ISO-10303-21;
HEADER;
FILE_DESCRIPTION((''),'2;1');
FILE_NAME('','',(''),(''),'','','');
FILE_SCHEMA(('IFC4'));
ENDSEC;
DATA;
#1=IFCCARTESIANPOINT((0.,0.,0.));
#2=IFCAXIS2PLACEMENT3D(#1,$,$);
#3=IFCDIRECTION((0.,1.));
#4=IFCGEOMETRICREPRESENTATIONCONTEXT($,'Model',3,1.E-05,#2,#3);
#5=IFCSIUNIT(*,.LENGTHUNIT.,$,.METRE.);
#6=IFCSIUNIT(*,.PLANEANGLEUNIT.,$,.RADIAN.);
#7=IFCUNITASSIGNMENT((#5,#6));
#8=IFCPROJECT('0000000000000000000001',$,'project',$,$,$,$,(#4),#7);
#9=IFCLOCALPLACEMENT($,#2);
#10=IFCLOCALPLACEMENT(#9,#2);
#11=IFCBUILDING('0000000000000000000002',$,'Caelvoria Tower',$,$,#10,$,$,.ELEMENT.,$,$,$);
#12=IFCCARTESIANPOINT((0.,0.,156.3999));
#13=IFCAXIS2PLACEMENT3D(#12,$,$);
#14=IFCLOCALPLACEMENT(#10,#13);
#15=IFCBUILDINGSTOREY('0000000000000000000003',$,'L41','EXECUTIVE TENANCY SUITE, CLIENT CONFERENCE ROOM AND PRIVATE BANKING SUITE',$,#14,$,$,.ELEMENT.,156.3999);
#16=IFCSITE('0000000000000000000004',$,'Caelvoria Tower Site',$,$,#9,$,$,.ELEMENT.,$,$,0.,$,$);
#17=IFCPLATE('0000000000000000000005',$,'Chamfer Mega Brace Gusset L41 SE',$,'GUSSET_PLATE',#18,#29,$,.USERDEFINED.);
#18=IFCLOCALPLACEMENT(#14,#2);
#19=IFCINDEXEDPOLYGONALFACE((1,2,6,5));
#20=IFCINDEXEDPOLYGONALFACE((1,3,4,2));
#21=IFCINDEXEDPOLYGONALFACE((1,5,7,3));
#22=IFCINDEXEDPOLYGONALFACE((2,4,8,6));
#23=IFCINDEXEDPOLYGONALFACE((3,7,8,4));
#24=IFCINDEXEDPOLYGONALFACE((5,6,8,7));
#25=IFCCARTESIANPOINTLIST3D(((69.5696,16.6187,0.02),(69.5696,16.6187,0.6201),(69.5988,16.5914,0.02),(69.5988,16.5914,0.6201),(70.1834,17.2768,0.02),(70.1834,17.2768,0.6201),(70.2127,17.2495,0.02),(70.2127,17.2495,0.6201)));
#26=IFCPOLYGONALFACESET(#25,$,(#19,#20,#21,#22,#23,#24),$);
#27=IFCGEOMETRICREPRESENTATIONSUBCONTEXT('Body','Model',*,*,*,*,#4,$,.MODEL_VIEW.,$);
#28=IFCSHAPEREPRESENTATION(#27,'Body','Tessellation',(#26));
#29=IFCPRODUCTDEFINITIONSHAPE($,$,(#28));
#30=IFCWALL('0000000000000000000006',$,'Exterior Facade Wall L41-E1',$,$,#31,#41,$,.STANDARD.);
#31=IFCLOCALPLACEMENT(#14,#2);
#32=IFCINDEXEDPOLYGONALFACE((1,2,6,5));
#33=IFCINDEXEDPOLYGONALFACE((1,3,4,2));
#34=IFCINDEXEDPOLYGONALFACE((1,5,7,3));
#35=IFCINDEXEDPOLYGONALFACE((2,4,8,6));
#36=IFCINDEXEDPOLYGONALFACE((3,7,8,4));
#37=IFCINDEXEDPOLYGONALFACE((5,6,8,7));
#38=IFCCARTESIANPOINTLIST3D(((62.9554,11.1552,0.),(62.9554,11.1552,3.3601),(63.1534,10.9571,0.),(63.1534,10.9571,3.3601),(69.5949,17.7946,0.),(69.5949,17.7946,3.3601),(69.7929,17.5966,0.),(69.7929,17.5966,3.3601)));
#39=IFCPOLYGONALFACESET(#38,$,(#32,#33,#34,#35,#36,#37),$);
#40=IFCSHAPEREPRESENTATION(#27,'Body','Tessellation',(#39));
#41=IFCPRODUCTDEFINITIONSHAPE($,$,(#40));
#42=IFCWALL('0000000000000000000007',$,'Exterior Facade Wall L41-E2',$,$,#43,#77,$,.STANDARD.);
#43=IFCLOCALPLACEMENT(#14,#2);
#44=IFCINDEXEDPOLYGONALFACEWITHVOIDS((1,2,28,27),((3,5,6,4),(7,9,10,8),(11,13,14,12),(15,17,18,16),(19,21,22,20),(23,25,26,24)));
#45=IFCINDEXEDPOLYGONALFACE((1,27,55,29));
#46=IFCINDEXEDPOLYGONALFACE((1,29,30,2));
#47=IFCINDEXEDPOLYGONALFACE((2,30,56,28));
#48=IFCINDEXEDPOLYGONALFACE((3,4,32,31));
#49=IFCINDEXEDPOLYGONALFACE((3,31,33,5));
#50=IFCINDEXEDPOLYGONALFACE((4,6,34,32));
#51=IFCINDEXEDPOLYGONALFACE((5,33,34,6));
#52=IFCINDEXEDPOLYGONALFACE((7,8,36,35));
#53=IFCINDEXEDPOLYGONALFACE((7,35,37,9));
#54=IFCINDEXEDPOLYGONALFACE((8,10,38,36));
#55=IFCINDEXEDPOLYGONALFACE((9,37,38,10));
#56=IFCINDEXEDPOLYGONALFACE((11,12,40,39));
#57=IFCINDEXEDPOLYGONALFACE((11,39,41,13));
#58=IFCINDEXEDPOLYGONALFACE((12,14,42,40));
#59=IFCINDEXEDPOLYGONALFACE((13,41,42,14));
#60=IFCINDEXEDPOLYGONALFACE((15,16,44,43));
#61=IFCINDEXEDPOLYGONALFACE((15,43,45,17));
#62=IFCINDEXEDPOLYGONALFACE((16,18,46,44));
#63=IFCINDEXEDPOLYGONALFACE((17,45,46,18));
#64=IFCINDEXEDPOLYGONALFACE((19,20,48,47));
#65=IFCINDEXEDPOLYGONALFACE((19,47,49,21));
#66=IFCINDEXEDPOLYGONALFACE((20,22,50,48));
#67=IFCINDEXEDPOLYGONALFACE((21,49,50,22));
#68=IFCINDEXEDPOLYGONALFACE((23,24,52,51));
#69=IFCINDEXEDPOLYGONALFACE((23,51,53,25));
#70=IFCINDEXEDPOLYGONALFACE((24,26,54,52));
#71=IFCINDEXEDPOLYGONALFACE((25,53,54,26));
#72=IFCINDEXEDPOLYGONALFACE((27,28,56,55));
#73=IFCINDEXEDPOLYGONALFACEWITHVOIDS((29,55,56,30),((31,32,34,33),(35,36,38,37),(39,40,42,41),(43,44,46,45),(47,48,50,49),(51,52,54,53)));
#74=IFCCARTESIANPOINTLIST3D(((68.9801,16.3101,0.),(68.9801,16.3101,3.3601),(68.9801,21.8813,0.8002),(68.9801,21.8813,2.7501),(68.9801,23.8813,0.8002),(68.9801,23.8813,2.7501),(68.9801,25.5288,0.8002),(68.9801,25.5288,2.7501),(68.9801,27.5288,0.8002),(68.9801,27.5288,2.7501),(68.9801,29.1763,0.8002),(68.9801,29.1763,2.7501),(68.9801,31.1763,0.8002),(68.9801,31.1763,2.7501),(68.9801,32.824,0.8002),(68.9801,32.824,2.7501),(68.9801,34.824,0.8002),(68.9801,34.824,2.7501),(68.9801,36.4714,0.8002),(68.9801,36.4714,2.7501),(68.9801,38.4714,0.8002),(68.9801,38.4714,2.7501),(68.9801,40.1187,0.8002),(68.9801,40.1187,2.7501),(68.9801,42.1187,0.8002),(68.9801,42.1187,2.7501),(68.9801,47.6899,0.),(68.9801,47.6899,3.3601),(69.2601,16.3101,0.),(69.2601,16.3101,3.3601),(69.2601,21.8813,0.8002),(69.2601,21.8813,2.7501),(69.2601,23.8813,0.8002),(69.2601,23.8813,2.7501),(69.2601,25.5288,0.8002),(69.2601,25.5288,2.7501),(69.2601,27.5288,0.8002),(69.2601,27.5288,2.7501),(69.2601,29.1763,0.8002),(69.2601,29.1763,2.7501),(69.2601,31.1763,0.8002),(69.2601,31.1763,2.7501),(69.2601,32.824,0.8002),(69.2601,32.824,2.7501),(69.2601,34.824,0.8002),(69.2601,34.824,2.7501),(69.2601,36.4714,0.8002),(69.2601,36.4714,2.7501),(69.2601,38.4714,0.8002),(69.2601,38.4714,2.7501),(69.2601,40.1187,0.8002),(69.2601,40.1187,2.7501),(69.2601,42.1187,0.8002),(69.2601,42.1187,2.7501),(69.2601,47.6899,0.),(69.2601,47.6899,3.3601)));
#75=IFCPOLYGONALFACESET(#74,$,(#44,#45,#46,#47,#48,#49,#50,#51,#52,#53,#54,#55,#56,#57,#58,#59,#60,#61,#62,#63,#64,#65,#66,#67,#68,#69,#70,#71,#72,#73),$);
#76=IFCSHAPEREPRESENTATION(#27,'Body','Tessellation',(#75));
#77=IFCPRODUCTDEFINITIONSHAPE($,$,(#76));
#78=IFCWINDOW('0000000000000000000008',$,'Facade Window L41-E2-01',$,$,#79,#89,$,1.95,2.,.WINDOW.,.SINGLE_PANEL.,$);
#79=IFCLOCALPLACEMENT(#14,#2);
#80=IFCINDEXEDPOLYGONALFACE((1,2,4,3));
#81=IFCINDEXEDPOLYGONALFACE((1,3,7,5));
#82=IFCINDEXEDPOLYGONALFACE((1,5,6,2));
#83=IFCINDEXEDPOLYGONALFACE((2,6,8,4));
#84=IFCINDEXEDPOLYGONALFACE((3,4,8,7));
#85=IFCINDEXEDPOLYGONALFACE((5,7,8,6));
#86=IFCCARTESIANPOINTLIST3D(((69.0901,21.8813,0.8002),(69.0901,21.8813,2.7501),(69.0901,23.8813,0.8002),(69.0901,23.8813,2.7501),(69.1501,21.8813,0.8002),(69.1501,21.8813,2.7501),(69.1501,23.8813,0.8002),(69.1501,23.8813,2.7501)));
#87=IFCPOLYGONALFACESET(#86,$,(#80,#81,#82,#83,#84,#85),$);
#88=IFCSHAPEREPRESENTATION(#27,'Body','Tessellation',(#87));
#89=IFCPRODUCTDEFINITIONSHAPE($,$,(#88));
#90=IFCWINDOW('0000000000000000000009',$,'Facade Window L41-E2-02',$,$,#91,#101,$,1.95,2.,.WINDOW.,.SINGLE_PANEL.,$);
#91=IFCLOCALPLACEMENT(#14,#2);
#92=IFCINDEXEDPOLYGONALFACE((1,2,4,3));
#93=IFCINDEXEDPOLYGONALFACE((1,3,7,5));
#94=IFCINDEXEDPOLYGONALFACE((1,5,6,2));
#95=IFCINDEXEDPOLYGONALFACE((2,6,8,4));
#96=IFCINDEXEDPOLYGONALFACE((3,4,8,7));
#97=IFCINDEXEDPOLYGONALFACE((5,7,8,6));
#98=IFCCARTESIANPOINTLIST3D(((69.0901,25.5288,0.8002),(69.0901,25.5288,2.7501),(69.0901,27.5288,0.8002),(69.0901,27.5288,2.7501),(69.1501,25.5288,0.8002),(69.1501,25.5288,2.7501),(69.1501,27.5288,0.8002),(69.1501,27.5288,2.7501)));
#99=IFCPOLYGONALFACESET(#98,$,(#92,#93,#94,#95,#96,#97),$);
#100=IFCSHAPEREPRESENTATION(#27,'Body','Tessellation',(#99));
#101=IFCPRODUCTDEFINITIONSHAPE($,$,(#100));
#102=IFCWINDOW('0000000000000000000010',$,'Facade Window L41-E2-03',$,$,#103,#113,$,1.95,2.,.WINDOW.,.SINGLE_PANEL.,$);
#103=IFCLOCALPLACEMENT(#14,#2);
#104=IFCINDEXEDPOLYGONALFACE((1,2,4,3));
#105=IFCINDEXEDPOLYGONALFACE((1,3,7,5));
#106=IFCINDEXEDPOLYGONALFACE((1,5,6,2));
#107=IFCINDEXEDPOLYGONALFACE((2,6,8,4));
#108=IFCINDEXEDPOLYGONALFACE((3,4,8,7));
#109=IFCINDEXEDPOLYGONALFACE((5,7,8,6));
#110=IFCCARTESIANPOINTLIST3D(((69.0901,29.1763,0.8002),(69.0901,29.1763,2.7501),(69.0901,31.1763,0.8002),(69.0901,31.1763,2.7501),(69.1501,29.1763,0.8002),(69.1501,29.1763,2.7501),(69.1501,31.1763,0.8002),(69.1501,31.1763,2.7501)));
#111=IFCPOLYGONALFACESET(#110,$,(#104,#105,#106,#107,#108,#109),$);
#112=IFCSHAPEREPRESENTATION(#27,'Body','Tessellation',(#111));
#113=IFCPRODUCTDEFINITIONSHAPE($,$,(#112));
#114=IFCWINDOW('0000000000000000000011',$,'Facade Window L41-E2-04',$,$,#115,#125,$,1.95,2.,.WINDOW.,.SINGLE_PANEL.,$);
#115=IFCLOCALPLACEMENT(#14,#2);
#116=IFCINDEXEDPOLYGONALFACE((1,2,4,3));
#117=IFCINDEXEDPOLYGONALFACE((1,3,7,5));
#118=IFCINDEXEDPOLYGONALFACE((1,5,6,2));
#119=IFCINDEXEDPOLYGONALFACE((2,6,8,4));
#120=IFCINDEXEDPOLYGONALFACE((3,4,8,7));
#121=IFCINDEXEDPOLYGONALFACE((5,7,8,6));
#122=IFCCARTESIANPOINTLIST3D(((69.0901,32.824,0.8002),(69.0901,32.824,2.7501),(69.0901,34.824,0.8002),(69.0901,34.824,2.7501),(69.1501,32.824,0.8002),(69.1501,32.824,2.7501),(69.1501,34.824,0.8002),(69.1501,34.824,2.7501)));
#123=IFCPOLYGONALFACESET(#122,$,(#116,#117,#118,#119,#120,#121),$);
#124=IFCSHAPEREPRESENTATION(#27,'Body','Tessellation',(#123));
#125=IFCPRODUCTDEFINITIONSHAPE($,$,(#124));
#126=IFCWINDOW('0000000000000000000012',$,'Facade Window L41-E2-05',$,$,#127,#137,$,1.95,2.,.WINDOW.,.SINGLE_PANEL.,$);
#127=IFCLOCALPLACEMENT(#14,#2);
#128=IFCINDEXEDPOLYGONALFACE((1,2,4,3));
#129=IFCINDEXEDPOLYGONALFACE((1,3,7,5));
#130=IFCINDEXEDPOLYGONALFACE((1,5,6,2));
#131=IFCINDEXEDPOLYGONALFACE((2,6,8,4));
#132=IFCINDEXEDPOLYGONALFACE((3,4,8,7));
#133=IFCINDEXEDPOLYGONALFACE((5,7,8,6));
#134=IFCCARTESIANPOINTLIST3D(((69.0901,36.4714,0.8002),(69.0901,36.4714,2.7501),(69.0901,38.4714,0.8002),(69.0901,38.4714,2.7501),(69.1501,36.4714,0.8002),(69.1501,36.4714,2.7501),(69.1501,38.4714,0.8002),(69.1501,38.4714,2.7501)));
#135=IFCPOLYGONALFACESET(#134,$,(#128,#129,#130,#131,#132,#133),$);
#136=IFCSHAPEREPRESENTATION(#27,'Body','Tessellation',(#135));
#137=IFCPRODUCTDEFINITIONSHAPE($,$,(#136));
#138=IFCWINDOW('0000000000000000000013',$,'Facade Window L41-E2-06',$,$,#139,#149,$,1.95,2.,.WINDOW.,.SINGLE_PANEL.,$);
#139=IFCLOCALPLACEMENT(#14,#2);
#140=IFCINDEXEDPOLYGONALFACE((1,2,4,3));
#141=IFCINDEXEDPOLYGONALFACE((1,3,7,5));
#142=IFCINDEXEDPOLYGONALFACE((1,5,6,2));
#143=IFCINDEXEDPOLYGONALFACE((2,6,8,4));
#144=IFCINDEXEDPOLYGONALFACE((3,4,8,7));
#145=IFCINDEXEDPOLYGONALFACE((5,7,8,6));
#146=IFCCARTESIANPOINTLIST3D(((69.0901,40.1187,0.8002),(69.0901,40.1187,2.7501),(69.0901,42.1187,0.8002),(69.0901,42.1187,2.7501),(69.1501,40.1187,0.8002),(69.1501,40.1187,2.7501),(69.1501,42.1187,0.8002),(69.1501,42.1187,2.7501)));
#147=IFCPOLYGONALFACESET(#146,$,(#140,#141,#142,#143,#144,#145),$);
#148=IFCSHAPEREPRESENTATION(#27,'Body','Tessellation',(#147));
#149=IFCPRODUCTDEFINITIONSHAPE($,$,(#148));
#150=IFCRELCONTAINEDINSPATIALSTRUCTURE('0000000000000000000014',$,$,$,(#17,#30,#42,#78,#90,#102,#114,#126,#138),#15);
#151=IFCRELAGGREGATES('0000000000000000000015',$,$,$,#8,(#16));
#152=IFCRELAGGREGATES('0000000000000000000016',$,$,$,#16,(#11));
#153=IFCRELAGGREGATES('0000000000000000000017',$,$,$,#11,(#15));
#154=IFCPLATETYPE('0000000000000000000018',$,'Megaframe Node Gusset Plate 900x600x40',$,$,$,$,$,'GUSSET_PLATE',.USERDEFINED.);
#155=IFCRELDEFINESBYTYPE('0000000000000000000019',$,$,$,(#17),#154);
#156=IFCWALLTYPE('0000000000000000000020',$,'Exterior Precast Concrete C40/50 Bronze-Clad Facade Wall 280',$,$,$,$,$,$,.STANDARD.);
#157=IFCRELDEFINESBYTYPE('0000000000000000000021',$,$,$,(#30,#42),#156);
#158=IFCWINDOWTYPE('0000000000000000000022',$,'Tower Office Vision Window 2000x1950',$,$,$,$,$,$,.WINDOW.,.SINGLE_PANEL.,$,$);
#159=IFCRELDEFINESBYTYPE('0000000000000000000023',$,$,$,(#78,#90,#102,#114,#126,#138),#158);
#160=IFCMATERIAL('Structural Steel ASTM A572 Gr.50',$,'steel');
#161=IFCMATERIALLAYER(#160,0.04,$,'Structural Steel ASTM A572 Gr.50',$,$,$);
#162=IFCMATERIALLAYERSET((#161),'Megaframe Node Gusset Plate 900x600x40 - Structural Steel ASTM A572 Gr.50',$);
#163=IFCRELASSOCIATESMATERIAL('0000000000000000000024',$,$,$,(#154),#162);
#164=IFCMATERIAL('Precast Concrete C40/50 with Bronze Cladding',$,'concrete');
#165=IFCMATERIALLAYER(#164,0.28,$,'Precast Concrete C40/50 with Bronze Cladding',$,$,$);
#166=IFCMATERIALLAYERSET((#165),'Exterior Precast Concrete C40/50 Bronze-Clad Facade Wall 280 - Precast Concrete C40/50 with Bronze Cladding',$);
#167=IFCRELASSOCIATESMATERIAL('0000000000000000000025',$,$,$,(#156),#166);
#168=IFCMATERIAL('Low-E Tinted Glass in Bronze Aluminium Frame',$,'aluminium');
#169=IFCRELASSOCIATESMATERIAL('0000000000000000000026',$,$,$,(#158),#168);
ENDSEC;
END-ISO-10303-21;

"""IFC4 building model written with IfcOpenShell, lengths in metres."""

from ifc_helpers import new_model, si_unit, direction, frame, frame_2d, origin, origin_2d, place, context, subcontext, project, spatial, rectangle, extrude, material, layer, layer_set, type_object, element, fill, save


model = new_model("IFC4")

# Units and contexts
model_context = context("Model", 3, precision=1e-05, world=origin(), true_north=direction((0.0, 1.0)))
body_context = subcontext(model_context, "Body", "Model", "MODEL_VIEW")
ifc_project = project(units=[si_unit("LENGTHUNIT", "METRE"), si_unit("PLANEANGLEUNIT", "RADIAN")], contexts=[model_context])

# Site, building, storey
site_placement = place(None, origin())
site = spatial("IfcSite", under=ifc_project, at=site_placement, Name="Caelvoria Tower Site", CompositionType="ELEMENT", RefElevation=0.0)
building_placement = place(site_placement, origin())
building = spatial("IfcBuilding", under=site, at=building_placement, Name="Caelvoria Tower", CompositionType="ELEMENT")
storey_placement = place(building_placement, frame((0.0, 0.0, 156.3999)))
storey = spatial("IfcBuildingStorey", under=building, at=storey_placement, Name="L41", Description="EXECUTIVE TENANCY SUITE, CLIENT CONFERENCE ROOM AND PRIVATE BANKING SUITE", CompositionType="ELEMENT", Elevation=156.3999)

# Shared definitions
ifc_material_1 = material(Name="Structural Steel ASTM A572 Gr.50", Category="steel")

# Plate
ifc_layer_1 = layer(ifc_material_1, 0.04, Name="Structural Steel ASTM A572 Gr.50")
ifc_layer_set_1 = layer_set([ifc_layer_1], Name="Megaframe Node Gusset Plate 900x600x40 - Structural Steel ASTM A572 Gr.50")
plate_type = type_object("IfcPlateType", Name="Megaframe Node Gusset Plate 900x600x40", ElementType="GUSSET_PLATE", PredefinedType="USERDEFINED", material=ifc_layer_set_1)
plate_placement = place(storey_placement, frame((69.8911, 16.9341, 0.02), z_axis=(0.0, 0.0, 1.0), x_axis=(-0.682107, -0.731253, 0.0)))
element("IfcPlate", 1, at=plate_placement, inside=storey, type_object=plate_type, Name="Chamfer Mega Brace Gusset L41 SE", ObjectType="GUSSET_PLATE", PredefinedType="USERDEFINED", context=body_context, shape_type="SweptSolid", body=[
    extrude(rectangle(XDim=0.8999, YDim=0.04, at=origin_2d()), origin(), (0.0, 0.0, 1.0), 0.6001),
])

# Wall
ifc_material_2 = material(Name="Precast Concrete C40/50 with Bronze Cladding", Category="concrete")
ifc_layer_2 = layer(ifc_material_2, 0.28, Name="Precast Concrete C40/50 with Bronze Cladding")
ifc_layer_set_2 = layer_set([ifc_layer_2], Name="Exterior Precast Concrete C40/50 Bronze-Clad Facade Wall 280 - Precast Concrete C40/50 with Bronze Cladding")
wall_type_1 = type_object("IfcWallType", Name="Exterior Precast Concrete C40/50 Bronze-Clad Facade Wall 280", PredefinedType="STANDARD", material=ifc_layer_set_2)
wall_1_placement = place(storey_placement, frame((63.0544, 11.0562, 0.0), z_axis=(0.0, 0.0, 1.0), x_axis=(0.707107, 0.707107, 0.0)))
element("IfcWall", 2, at=wall_1_placement, inside=storey, type_object=wall_type_1, Name="Exterior Facade Wall L41-E1", PredefinedType="STANDARD", context=body_context, shape_type="SweptSolid", body=[
    extrude(rectangle(XDim=9.3896, YDim=0.28, at=frame_2d((4.6948, 0.0))), origin(), (0.0, 0.0, 1.0), 3.3601),
])

# Wall, openings, windows
wall_2_placement = place(storey_placement, frame((69.1201, 16.3101, 0.0), z_axis=(0.0, 0.0, 1.0), x_axis=(0.0, 1.0, 0.0)))
wall_2 = element("IfcWall", 3, at=wall_2_placement, inside=storey, type_object=wall_type_1, Name="Exterior Facade Wall L41-E2", PredefinedType="STANDARD", context=body_context, shape_type="SweptSolid", body=[
    extrude(rectangle(XDim=31.3799, YDim=0.28, at=frame_2d((15.6899, 0.0))), origin(), (0.0, 0.0, 1.0), 3.3601),
])
opening_1_placement = place(wall_2_placement, frame((5.5713, 0.0, 0.8)))
opening_1 = element("IfcOpeningElement", 4, at=opening_1_placement, cuts=wall_2, PredefinedType="OPENING", context=body_context, shape_type="SweptSolid", body=[
    extrude(rectangle(XDim=2.0, YDim=1.95, at=frame_2d((1.0, 0.9751))), frame((0.0, 0.1499, 0.0), z_axis=(0.0, -1.0, 0.0), x_axis=(1.0, 0.0, 0.0)), (0.0, 0.0, 1.0), 0.3),
])
opening_2_placement = place(wall_2_placement, frame((9.2188, 0.0, 0.8)))
opening_2 = element("IfcOpeningElement", 5, at=opening_2_placement, cuts=wall_2, PredefinedType="OPENING", context=body_context, shape_type="SweptSolid", body=[
    extrude(rectangle(XDim=2.0, YDim=1.95, at=frame_2d((1.0, 0.9751))), frame((0.0, 0.1499, 0.0), z_axis=(0.0, -1.0, 0.0), x_axis=(1.0, 0.0, 0.0)), (0.0, 0.0, 1.0), 0.3),
])
opening_3_placement = place(wall_2_placement, frame((12.8662, 0.0, 0.8)))
opening_3 = element("IfcOpeningElement", 6, at=opening_3_placement, cuts=wall_2, PredefinedType="OPENING", context=body_context, shape_type="SweptSolid", body=[
    extrude(rectangle(XDim=2.0, YDim=1.95, at=frame_2d((1.0, 0.9751))), frame((0.0, 0.1499, 0.0), z_axis=(0.0, -1.0, 0.0), x_axis=(1.0, 0.0, 0.0)), (0.0, 0.0, 1.0), 0.3),
])
opening_4_placement = place(wall_2_placement, frame((16.5139, 0.0, 0.8)))
opening_4 = element("IfcOpeningElement", 7, at=opening_4_placement, cuts=wall_2, PredefinedType="OPENING", context=body_context, shape_type="SweptSolid", body=[
    extrude(rectangle(XDim=2.0, YDim=1.95, at=frame_2d((1.0, 0.9751))), frame((0.0, 0.1499, 0.0), z_axis=(0.0, -1.0, 0.0), x_axis=(1.0, 0.0, 0.0)), (0.0, 0.0, 1.0), 0.3),
])
opening_5_placement = place(wall_2_placement, frame((20.1614, 0.0, 0.8)))
opening_5 = element("IfcOpeningElement", 8, at=opening_5_placement, cuts=wall_2, PredefinedType="OPENING", context=body_context, shape_type="SweptSolid", body=[
    extrude(rectangle(XDim=2.0, YDim=1.95, at=frame_2d((1.0, 0.9751))), frame((0.0, 0.1499, 0.0), z_axis=(0.0, -1.0, 0.0), x_axis=(1.0, 0.0, 0.0)), (0.0, 0.0, 1.0), 0.3),
])
opening_6_placement = place(wall_2_placement, frame((23.8086, 0.0, 0.8)))
opening_6 = element("IfcOpeningElement", 9, at=opening_6_placement, cuts=wall_2, PredefinedType="OPENING", context=body_context, shape_type="SweptSolid", body=[
    extrude(rectangle(XDim=2.0, YDim=1.95, at=frame_2d((1.0, 0.9751))), frame((0.0, 0.1499, 0.0), z_axis=(0.0, -1.0, 0.0), x_axis=(1.0, 0.0, 0.0)), (0.0, 0.0, 1.0), 0.3),
])
ifc_material_3 = material(Name="Low-E Tinted Glass in Bronze Aluminium Frame", Category="aluminium")
window_type = type_object("IfcWindowType", Name="Tower Office Vision Window 2000x1950", PartitioningType="SINGLE_PANEL", PredefinedType="WINDOW", material=ifc_material_3)
window_1_placement = place(opening_1_placement, origin())
window_1 = element("IfcWindow", 10, at=window_1_placement, inside=storey, type_object=window_type, Name="Facade Window L41-E2-01", OverallHeight=1.95, OverallWidth=2.0, PartitioningType="SINGLE_PANEL", PredefinedType="WINDOW", context=body_context, shape_type="SweptSolid", body=[
    extrude(rectangle(XDim=2.0, YDim=1.95, at=frame_2d((1.0, 0.9751))), frame((0.0, 0.03, 0.0), z_axis=(0.0, -1.0, 0.0), x_axis=(1.0, 0.0, 0.0)), (0.0, 0.0, 1.0), 0.0601),
])
fill(opening_1, window_1)
window_2_placement = place(opening_2_placement, origin())
window_2 = element("IfcWindow", 11, at=window_2_placement, inside=storey, type_object=window_type, Name="Facade Window L41-E2-02", OverallHeight=1.95, OverallWidth=2.0, PartitioningType="SINGLE_PANEL", PredefinedType="WINDOW", context=body_context, shape_type="SweptSolid", body=[
    extrude(rectangle(XDim=2.0, YDim=1.95, at=frame_2d((1.0, 0.9751))), frame((0.0, 0.03, 0.0), z_axis=(0.0, -1.0, 0.0), x_axis=(1.0, 0.0, 0.0)), (0.0, 0.0, 1.0), 0.0601),
])
fill(opening_2, window_2)
window_3_placement = place(opening_3_placement, origin())
window_3 = element("IfcWindow", 12, at=window_3_placement, inside=storey, type_object=window_type, Name="Facade Window L41-E2-03", OverallHeight=1.95, OverallWidth=2.0, PartitioningType="SINGLE_PANEL", PredefinedType="WINDOW", context=body_context, shape_type="SweptSolid", body=[
    extrude(rectangle(XDim=2.0, YDim=1.95, at=frame_2d((1.0, 0.9751))), frame((0.0, 0.03, 0.0), z_axis=(0.0, -1.0, 0.0), x_axis=(1.0, 0.0, 0.0)), (0.0, 0.0, 1.0), 0.0601),
])
fill(opening_3, window_3)
window_4_placement = place(opening_4_placement, origin())
window_4 = element("IfcWindow", 13, at=window_4_placement, inside=storey, type_object=window_type, Name="Facade Window L41-E2-04", OverallHeight=1.95, OverallWidth=2.0, PartitioningType="SINGLE_PANEL", PredefinedType="WINDOW", context=body_context, shape_type="SweptSolid", body=[
    extrude(rectangle(XDim=2.0, YDim=1.95, at=frame_2d((1.0, 0.9751))), frame((0.0, 0.03, 0.0), z_axis=(0.0, -1.0, 0.0), x_axis=(1.0, 0.0, 0.0)), (0.0, 0.0, 1.0), 0.0601),
])
fill(opening_4, window_4)
window_5_placement = place(opening_5_placement, origin())
window_5 = element("IfcWindow", 14, at=window_5_placement, inside=storey, type_object=window_type, Name="Facade Window L41-E2-05", OverallHeight=1.95, OverallWidth=2.0, PartitioningType="SINGLE_PANEL", PredefinedType="WINDOW", context=body_context, shape_type="SweptSolid", body=[
    extrude(rectangle(XDim=2.0, YDim=1.95, at=frame_2d((1.0, 0.9751))), frame((0.0, 0.03, 0.0), z_axis=(0.0, -1.0, 0.0), x_axis=(1.0, 0.0, 0.0)), (0.0, 0.0, 1.0), 0.0601),
])
fill(opening_5, window_5)
window_6_placement = place(opening_6_placement, origin())
window_6 = element("IfcWindow", 15, at=window_6_placement, inside=storey, type_object=window_type, Name="Facade Window L41-E2-06", OverallHeight=1.95, OverallWidth=2.0, PartitioningType="SINGLE_PANEL", PredefinedType="WINDOW", context=body_context, shape_type="SweptSolid", body=[
    extrude(rectangle(XDim=2.0, YDim=1.95, at=frame_2d((1.0, 0.9751))), frame((0.0, 0.03, 0.0), z_axis=(0.0, -1.0, 0.0), x_axis=(1.0, 0.0, 0.0)), (0.0, 0.0, 1.0), 0.0601),
])
fill(opening_6, window_6)

save(model, "model.ifc")
